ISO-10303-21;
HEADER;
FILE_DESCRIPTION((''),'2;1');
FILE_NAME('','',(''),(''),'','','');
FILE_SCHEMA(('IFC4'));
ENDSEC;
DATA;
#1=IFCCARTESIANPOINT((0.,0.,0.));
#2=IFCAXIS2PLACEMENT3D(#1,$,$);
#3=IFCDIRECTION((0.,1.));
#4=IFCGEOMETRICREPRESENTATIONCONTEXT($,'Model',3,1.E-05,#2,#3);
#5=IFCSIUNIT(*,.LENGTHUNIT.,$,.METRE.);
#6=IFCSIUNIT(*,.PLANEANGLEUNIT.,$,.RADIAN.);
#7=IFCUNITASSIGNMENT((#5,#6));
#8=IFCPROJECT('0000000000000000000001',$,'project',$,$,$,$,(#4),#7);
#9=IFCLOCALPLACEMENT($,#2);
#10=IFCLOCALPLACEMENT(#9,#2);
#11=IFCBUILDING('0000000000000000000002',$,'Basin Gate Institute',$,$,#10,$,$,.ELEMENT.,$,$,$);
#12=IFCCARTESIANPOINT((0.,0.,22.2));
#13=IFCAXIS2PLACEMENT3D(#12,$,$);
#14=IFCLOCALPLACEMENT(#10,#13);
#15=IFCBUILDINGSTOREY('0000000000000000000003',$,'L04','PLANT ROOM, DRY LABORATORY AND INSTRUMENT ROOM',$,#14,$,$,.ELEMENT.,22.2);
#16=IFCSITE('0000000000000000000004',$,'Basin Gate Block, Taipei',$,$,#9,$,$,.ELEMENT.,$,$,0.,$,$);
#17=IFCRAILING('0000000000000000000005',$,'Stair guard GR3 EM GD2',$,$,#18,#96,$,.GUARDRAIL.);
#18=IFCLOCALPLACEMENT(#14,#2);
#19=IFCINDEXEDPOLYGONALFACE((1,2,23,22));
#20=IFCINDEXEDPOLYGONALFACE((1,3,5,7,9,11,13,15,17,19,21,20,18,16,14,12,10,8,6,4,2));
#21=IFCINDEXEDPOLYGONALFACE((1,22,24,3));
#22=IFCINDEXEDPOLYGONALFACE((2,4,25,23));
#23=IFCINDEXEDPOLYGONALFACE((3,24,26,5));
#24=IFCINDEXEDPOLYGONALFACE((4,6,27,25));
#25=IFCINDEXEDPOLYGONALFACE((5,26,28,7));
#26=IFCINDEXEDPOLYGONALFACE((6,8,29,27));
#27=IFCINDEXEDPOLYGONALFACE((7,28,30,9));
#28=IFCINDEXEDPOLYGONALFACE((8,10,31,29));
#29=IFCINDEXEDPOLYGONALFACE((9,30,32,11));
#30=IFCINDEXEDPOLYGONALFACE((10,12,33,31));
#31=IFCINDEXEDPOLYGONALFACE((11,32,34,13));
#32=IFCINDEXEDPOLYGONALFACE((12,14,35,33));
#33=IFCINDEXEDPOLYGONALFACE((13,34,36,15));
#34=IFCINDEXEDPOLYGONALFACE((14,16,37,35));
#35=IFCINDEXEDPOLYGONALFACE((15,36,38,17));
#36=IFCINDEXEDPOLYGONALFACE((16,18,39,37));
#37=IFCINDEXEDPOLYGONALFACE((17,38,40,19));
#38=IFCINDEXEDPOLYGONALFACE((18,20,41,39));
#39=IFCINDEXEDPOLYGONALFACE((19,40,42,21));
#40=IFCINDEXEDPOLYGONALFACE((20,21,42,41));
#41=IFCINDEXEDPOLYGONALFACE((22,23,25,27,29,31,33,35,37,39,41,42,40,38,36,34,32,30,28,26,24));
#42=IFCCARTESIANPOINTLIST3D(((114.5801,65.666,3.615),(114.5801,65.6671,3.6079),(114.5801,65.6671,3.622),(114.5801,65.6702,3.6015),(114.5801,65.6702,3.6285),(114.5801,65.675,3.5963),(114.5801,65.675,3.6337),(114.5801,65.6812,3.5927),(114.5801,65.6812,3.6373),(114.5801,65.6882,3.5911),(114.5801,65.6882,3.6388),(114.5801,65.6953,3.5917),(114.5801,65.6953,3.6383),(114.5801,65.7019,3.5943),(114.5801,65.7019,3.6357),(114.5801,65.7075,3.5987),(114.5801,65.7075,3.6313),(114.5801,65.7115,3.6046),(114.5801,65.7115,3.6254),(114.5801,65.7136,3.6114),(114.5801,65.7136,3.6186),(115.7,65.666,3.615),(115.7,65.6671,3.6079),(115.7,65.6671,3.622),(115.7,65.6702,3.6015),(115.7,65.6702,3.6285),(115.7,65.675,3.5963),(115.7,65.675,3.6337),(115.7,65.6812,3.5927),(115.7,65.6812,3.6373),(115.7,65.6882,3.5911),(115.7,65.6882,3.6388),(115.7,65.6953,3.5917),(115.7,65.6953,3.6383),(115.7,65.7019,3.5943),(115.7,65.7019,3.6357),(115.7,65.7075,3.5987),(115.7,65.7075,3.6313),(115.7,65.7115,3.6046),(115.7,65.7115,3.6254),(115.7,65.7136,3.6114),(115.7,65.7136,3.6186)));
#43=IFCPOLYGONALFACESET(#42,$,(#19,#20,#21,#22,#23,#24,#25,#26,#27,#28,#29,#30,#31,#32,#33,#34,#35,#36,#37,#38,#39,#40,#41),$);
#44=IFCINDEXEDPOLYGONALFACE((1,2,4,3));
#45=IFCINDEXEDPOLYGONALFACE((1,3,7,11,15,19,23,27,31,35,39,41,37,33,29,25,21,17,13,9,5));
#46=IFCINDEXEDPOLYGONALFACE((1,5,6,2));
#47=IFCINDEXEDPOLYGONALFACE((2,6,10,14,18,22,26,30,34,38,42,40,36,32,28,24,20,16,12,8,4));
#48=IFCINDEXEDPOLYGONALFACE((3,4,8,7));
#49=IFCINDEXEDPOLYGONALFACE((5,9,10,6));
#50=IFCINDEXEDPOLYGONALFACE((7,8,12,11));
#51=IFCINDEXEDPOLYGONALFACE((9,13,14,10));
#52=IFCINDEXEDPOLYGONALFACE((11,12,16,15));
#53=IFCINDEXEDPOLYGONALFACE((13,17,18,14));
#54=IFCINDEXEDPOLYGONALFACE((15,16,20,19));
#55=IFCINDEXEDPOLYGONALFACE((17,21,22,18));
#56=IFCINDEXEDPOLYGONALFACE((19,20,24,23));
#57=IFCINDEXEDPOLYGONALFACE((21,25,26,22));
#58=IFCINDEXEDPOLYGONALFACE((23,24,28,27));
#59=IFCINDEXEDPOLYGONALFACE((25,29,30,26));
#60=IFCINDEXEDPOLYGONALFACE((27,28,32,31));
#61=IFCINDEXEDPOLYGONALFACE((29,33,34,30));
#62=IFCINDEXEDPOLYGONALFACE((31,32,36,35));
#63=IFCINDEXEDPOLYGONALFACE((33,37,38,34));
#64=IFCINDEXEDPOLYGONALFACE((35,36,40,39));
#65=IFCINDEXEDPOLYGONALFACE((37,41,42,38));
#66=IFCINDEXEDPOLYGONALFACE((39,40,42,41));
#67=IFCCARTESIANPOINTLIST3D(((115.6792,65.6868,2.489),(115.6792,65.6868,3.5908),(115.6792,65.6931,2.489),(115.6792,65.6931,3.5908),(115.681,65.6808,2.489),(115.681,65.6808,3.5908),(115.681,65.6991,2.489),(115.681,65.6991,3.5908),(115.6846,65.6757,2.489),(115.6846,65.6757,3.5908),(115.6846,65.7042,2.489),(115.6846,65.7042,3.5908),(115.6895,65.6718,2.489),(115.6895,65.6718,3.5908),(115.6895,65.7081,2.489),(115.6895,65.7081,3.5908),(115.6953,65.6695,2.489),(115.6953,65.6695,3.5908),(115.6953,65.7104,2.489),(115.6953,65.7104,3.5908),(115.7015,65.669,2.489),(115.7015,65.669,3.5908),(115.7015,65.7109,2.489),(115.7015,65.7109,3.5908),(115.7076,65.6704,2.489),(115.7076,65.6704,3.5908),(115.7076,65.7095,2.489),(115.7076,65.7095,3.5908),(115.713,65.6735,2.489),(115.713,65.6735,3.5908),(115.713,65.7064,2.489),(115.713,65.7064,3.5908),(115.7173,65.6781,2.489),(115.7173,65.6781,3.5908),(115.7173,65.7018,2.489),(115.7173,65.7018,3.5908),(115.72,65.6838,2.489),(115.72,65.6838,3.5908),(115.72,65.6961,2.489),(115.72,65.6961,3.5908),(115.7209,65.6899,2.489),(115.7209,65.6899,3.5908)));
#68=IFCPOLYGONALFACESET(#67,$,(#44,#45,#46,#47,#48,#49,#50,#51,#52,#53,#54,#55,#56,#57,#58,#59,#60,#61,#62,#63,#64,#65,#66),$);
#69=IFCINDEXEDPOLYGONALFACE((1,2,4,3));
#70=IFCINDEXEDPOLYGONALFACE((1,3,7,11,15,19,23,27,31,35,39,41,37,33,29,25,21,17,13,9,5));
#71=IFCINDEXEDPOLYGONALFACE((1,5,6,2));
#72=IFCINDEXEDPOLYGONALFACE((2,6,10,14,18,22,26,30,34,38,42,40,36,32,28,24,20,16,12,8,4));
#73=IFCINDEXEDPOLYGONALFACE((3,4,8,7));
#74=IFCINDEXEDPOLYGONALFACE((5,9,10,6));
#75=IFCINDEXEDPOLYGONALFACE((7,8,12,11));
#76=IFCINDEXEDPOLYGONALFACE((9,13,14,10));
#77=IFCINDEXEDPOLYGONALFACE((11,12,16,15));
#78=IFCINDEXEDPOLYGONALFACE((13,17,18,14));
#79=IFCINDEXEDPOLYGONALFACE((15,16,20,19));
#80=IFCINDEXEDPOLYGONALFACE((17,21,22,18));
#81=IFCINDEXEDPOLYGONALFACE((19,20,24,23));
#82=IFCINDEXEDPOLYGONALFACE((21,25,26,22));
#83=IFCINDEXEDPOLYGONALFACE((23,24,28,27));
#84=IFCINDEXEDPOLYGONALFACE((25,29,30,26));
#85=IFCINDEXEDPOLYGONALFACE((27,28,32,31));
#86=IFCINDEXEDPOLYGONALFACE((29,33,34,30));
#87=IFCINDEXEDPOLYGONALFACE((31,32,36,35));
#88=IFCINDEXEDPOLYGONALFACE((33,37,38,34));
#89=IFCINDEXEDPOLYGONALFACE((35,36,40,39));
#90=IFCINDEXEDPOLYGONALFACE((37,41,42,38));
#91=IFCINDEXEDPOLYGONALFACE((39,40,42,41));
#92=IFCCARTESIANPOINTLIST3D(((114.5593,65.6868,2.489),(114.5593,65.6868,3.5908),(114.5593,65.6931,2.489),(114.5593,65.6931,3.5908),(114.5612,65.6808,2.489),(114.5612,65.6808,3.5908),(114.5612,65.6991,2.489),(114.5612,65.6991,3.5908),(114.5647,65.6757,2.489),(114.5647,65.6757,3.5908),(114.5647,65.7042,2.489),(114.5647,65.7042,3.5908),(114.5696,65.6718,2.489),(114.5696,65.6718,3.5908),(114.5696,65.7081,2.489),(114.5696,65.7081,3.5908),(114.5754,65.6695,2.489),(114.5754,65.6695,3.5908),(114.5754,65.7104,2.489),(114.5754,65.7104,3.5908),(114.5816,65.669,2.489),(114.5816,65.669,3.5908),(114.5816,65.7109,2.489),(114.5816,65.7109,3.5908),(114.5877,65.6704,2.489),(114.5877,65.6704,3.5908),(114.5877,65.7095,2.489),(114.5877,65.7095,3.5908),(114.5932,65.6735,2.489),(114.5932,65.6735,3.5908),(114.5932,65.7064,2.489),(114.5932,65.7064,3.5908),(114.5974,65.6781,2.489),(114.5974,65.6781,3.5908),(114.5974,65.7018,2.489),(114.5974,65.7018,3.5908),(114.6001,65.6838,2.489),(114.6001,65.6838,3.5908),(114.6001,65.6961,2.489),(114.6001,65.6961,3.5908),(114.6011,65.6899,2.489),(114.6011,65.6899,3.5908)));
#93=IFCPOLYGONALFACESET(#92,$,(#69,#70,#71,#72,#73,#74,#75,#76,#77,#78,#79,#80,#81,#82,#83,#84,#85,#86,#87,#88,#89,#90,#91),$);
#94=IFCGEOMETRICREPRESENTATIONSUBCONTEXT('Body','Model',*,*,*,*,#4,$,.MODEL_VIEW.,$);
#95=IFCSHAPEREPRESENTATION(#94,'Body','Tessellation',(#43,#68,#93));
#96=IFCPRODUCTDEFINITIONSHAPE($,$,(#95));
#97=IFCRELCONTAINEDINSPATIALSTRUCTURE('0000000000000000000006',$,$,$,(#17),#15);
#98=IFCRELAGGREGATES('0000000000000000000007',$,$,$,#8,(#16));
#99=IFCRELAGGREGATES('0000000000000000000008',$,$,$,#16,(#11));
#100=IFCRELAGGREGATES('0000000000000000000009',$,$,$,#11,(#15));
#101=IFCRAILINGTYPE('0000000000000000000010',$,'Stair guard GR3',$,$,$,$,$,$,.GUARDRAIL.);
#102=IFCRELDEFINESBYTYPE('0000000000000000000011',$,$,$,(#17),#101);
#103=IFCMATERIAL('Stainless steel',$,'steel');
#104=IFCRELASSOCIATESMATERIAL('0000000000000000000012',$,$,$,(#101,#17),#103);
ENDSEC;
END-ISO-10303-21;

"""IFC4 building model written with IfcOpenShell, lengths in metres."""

from ifc_helpers import new_model, si_unit, direction, frame, origin, origin_2d, place, context, subcontext, project, spatial, circle, extrude, material, type_object, element, save


model = new_model("IFC4")

# Units and contexts
model_context = context("Model", 3, precision=1e-05, world=origin(), true_north=direction((0.0, 1.0)))
body_context = subcontext(model_context, "Body", "Model", "MODEL_VIEW")
ifc_project = project(units=[si_unit("LENGTHUNIT", "METRE"), si_unit("PLANEANGLEUNIT", "RADIAN")], contexts=[model_context])

# Site, building, storey
site_placement = place(None, origin())
site = spatial("IfcSite", under=ifc_project, at=site_placement, Name="Basin Gate Block, Taipei", CompositionType="ELEMENT", RefElevation=0.0)
building_placement = place(site_placement, origin())
building = spatial("IfcBuilding", under=site, at=building_placement, Name="Basin Gate Institute", CompositionType="ELEMENT")
storey_placement = place(building_placement, frame((0.0, 0.0, 22.2)))
storey = spatial("IfcBuildingStorey", under=building, at=storey_placement, Name="L04", Description="PLANT ROOM, DRY LABORATORY AND INSTRUMENT ROOM", CompositionType="ELEMENT", Elevation=22.2)

# Railing
ifc_material_1 = material(Name="Stainless steel", Category="steel")
railing_type_1 = type_object("IfcRailingType", Name="Stair guard GR3", PredefinedType="GUARDRAIL", material=ifc_material_1)
railing_1_placement = place(storey_placement, frame((115.7, 65.6899, 2.489)))
element("IfcRailing", 1, at=railing_1_placement, inside=storey, type_object=railing_type_1, material=ifc_material_1, Name="Stair guard GR3 EM GD2", PredefinedType="GUARDRAIL", context=body_context, shape_type="SweptSolid", body=[
    extrude(circle(Radius=0.0239, at=origin_2d()), frame((0.0, 0.0, 1.126), z_axis=(-1.0, 0.0, 0.0), x_axis=(0.0, -1.0, 0.0)), (0.0, 0.0, 1.0), 1.1199),
    extrude(circle(Radius=0.021, at=origin_2d()), origin(), (0.0, 0.0, 1.0), 1.1018),
    extrude(circle(Radius=0.021, at=origin_2d()), frame((-1.1199, 0.0, 0.0)), (0.0, 0.0, 1.0), 1.1018),
])

save(model, "model.ifc")
